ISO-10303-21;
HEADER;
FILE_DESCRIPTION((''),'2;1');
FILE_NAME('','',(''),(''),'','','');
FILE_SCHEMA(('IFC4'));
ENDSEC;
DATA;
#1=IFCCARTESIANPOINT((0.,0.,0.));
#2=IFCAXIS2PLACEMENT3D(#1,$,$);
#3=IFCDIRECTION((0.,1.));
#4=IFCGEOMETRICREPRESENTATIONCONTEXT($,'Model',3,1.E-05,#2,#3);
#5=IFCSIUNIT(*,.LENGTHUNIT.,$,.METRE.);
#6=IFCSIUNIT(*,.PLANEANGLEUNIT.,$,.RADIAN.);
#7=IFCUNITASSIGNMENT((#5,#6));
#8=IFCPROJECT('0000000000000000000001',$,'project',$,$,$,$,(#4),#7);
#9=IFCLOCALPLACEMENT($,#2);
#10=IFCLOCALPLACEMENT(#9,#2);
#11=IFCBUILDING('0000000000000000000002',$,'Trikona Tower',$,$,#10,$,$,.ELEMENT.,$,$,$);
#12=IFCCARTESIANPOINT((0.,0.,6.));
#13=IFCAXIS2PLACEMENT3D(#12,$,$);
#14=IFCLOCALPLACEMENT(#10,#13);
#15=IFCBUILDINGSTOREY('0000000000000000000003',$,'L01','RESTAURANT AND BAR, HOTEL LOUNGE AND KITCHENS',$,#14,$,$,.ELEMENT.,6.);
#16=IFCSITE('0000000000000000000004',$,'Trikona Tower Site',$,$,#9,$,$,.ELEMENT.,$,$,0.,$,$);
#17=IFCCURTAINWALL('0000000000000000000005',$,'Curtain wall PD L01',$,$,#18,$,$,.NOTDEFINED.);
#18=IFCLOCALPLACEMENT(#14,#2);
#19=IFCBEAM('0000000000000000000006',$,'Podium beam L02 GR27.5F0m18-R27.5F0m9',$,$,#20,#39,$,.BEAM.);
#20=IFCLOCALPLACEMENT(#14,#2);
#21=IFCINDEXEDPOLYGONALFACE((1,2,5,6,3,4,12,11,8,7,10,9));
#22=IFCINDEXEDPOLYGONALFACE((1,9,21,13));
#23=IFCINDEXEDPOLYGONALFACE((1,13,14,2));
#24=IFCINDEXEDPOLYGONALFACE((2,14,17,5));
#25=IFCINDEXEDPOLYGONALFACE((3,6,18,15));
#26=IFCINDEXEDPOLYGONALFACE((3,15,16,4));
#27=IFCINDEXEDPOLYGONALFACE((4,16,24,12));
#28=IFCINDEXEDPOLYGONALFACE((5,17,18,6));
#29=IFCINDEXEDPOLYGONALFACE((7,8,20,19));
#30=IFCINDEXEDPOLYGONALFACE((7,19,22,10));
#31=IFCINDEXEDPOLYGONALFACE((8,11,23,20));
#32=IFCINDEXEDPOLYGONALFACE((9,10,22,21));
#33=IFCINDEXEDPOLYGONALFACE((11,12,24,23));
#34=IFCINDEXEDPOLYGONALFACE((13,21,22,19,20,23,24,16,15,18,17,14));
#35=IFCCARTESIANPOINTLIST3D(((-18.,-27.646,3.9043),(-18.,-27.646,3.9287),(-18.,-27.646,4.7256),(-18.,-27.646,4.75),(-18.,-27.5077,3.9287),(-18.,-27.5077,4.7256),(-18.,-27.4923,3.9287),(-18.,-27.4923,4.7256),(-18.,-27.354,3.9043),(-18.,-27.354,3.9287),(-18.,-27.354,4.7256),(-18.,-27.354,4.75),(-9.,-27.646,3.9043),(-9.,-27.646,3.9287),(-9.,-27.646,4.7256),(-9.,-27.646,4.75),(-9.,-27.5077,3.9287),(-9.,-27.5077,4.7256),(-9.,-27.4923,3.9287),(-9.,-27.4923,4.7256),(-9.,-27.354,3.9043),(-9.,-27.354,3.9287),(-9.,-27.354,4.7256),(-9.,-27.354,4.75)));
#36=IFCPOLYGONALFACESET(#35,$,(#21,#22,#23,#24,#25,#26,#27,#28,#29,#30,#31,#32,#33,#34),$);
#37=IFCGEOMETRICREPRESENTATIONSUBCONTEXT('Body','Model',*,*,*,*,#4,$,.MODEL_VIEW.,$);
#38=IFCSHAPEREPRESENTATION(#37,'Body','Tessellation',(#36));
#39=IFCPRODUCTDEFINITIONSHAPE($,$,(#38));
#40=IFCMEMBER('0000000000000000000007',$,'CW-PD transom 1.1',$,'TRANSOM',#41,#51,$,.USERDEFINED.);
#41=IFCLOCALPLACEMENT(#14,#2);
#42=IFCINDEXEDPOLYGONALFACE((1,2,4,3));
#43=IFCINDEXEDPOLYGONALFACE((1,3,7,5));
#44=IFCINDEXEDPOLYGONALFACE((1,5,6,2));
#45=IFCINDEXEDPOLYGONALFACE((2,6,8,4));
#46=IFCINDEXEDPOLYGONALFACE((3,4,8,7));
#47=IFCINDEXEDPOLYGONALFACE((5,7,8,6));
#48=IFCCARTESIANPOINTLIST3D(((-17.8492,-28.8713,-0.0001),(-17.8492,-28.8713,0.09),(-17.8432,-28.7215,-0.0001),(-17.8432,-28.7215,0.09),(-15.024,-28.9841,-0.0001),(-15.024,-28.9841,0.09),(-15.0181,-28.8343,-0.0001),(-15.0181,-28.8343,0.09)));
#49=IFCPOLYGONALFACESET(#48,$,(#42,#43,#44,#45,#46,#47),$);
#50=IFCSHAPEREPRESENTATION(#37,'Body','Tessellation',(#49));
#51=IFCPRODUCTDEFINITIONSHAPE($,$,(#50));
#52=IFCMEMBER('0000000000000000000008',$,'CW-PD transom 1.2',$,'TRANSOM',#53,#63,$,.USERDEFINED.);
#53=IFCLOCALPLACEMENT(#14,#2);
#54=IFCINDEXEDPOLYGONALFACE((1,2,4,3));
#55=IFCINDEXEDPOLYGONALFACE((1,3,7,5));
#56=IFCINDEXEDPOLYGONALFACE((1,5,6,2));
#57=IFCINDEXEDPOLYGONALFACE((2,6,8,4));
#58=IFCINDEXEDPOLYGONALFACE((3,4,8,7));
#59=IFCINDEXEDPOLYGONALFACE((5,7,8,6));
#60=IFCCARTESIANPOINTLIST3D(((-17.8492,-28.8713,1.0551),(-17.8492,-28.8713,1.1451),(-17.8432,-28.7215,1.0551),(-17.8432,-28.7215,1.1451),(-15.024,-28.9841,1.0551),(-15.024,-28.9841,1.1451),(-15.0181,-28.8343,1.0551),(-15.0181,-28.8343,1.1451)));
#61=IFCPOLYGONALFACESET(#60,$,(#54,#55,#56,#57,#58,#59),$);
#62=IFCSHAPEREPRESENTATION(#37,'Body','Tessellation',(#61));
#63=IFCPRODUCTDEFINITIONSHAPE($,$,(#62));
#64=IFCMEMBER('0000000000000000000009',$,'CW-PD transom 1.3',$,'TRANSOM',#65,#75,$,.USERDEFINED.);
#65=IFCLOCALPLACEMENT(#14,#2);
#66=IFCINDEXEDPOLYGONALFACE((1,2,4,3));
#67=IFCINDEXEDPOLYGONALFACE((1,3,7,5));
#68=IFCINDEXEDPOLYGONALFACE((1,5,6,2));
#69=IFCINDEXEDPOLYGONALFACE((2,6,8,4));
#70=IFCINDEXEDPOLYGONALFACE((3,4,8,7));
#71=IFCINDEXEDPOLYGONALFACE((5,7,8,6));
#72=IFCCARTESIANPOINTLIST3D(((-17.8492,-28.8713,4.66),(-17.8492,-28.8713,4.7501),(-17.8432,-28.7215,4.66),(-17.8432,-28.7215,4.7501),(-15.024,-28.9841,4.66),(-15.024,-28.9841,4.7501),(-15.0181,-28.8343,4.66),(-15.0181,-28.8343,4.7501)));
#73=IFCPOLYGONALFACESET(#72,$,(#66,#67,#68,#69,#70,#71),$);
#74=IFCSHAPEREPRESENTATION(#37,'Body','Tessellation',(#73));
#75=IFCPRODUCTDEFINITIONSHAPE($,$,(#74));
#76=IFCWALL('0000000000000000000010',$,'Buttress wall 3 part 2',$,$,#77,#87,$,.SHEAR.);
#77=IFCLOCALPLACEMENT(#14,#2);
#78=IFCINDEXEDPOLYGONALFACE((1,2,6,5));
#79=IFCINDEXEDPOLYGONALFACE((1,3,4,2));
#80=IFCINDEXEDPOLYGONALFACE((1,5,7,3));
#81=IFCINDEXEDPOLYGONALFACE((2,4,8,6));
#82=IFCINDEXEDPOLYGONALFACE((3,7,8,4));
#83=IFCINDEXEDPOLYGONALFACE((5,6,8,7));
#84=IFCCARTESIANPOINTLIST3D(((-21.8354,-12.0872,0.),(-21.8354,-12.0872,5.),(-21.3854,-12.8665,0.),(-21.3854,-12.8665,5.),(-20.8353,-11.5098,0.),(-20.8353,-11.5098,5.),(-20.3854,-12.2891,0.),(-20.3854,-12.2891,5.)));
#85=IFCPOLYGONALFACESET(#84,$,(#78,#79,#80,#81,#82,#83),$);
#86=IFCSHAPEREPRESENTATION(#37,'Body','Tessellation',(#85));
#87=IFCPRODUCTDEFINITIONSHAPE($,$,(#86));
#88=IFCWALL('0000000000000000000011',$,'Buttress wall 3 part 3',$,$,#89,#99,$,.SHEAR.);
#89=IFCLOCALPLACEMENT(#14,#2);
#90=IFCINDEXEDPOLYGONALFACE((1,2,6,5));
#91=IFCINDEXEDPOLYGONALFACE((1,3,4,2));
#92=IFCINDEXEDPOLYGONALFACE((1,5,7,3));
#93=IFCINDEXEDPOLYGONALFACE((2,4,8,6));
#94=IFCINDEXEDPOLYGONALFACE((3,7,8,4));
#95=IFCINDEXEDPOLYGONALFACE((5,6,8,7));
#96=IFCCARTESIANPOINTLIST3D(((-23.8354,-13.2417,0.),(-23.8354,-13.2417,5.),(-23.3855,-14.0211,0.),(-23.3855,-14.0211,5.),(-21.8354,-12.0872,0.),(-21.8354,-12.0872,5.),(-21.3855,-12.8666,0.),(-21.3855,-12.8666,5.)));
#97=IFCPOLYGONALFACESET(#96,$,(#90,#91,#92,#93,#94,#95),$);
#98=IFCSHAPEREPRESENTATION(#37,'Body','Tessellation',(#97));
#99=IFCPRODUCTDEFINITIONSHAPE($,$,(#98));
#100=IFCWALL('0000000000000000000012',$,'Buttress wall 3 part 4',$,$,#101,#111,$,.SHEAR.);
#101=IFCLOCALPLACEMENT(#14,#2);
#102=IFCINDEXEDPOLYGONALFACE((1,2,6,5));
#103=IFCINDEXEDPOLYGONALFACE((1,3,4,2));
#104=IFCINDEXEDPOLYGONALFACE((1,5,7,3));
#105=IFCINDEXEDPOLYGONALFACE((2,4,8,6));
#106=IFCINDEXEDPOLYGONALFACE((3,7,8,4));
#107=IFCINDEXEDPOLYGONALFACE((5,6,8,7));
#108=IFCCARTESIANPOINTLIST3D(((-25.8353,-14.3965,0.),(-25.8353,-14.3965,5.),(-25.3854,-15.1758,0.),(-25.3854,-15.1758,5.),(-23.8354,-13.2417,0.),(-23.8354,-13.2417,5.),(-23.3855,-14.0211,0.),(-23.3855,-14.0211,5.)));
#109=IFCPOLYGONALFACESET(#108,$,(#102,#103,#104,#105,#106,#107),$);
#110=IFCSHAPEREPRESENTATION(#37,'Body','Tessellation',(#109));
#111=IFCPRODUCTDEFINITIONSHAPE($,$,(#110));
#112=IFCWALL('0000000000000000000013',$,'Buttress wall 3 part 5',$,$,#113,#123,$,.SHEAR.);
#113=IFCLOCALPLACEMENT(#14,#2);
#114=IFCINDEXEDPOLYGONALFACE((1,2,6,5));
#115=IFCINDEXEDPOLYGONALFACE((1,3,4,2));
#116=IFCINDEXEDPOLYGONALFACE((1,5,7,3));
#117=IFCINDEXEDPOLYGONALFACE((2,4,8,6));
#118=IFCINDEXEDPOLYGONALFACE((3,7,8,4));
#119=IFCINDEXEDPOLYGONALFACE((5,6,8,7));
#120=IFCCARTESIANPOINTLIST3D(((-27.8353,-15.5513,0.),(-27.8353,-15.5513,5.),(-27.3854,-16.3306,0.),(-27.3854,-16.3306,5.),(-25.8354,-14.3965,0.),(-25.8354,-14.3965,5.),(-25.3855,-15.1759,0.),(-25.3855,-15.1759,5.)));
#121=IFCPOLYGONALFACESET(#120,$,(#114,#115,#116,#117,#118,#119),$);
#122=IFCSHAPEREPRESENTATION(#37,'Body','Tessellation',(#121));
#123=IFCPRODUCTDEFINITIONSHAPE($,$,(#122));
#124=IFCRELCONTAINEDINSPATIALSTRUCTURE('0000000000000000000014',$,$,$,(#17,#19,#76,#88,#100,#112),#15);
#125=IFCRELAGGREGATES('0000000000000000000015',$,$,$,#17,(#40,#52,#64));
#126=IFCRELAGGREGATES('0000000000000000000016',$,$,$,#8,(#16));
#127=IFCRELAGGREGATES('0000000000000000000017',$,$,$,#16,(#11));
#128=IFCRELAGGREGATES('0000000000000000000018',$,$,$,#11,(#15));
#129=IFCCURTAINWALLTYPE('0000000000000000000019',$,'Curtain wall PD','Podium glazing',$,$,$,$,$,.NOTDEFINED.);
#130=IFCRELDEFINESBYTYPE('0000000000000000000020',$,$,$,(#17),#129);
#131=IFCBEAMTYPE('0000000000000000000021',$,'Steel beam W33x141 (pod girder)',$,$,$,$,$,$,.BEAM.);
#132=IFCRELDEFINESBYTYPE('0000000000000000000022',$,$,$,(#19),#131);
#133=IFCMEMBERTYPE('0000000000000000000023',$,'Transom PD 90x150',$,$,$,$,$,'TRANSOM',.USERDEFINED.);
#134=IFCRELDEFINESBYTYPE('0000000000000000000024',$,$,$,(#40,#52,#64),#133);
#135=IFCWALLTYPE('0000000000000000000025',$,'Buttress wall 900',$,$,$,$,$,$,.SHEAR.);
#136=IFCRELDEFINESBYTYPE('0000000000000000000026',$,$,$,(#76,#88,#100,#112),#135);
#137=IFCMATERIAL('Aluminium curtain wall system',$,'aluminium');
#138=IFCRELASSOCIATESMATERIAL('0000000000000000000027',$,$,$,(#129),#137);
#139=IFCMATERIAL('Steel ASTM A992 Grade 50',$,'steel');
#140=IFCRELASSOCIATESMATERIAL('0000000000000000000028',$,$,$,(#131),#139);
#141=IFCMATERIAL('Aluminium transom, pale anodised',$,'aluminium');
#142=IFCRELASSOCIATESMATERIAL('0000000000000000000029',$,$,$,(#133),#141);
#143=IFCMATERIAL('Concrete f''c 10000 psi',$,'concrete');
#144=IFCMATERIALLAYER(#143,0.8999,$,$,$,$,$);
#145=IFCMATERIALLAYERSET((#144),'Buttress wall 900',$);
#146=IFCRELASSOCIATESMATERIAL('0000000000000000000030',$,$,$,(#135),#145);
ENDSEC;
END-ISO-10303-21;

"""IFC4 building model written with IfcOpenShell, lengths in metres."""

from ifc_helpers import new_model, si_unit, direction, frame, frame_2d, origin, origin_2d, place, context, subcontext, project, spatial, rectangle, i_section, extrude, material, layer, layer_set, material_profile, profile_set, type_object, element, aggregate, save


model = new_model("IFC4")

# Units and contexts
model_context = context("Model", 3, precision=1e-05, world=origin(), true_north=direction((0.0, 1.0)))
body_context = subcontext(model_context, "Body", "Model", "MODEL_VIEW")
ifc_project = project(units=[si_unit("LENGTHUNIT", "METRE"), si_unit("PLANEANGLEUNIT", "RADIAN")], contexts=[model_context])

# Site, building, storey
site_placement = place(None, origin())
site = spatial("IfcSite", under=ifc_project, at=site_placement, Name="Trikona Tower Site", CompositionType="ELEMENT", RefElevation=0.0)
building_placement = place(site_placement, origin())
building = spatial("IfcBuilding", under=site, at=building_placement, Name="Trikona Tower", CompositionType="ELEMENT")
storey_placement = place(building_placement, frame((0.0, 0.0, 6.0)))
storey = spatial("IfcBuildingStorey", under=building, at=storey_placement, Name="L01", Description="RESTAURANT AND BAR, HOTEL LOUNGE AND KITCHENS", CompositionType="ELEMENT", Elevation=6.0)

# Curtain wall
ifc_material_1 = material(Name="Aluminium curtain wall system", Category="aluminium")
curtain_wall_type = type_object("IfcCurtainWallType", Name="Curtain wall PD", Description="Podium glazing", PredefinedType="NOTDEFINED", material=ifc_material_1)
curtain_wall_placement = place(storey_placement, origin())
curtain_wall = element("IfcCurtainWall", 1, at=curtain_wall_placement, inside=storey, type_object=curtain_wall_type, Name="Curtain wall PD L01", PredefinedType="NOTDEFINED")

# Beam
ifc_material_2 = material(Name="Steel ASTM A992 Grade 50", Category="steel")
ifc_material_profile_1 = material_profile(ifc_material_2, i_section(OverallWidth=0.292, OverallDepth=0.8457, WebThickness=0.0154, FlangeThickness=0.0244, at=origin_2d()), Name="W33X141")
ifc_profile_set_1 = profile_set([ifc_material_profile_1], Name="Steel ASTM A992 Grade 50")
beam_type_1 = type_object("IfcBeamType", Name="Steel beam W33x141 (pod girder)", PredefinedType="BEAM", material=ifc_profile_set_1)
for number, where, z_axis, x_axis, name in (
    (2, (-18.0, -27.5, 4.3271), (1.0, 0.0, 0.0), (0.0, 1.0, 0.0), "Podium beam L02 GR27.5F0m18-R27.5F0m9"),
):
    element("IfcBeam", number, at=place(storey_placement, frame(where, z_axis=z_axis, x_axis=x_axis)), inside=storey, type_object=beam_type_1, Name=name, PredefinedType="BEAM", context=body_context, shape_type="SweptSolid", body=[
        extrude(i_section(OverallWidth=0.292, OverallDepth=0.8457, WebThickness=0.0154, FlangeThickness=0.0244, at=origin_2d()), origin(), (0.0, 0.0, 1.0), 9.0),
    ])

# Members
ifc_material_3 = material(Name="Aluminium transom, pale anodised", Category="aluminium")
ifc_material_profile_2 = material_profile(ifc_material_3, rectangle(XDim=0.1499, YDim=0.0901, at=origin_2d()), Name="TRN-PD")
ifc_profile_set_2 = profile_set([ifc_material_profile_2], Name="Aluminium transom, pale anodised")
member_type_1 = type_object("IfcMemberType", Name="Transom PD 90x150", ElementType="TRANSOM", PredefinedType="USERDEFINED", material=ifc_profile_set_2)
member_1_placement = place(storey_placement, frame((-17.8462, -28.7964, 0.0449), z_axis=(0.999204, -0.039892, 0.0), x_axis=(0.039892, 0.999204, 0.0)))
member_1 = element("IfcMember", 3, at=member_1_placement, type_object=member_type_1, Name="CW-PD transom 1.1", ObjectType="TRANSOM", PredefinedType="USERDEFINED", context=body_context, shape_type="SweptSolid", body=[
    extrude(rectangle(XDim=0.1499, YDim=0.0901, at=origin_2d()), origin(), (0.0, 0.0, 1.0), 2.8274),
])
member_2_placement = place(storey_placement, frame((-17.8462, -28.7964, 1.1001), z_axis=(0.999204, -0.039892, 0.0), x_axis=(0.039892, 0.999204, 0.0)))
member_2 = element("IfcMember", 4, at=member_2_placement, type_object=member_type_1, Name="CW-PD transom 1.2", ObjectType="TRANSOM", PredefinedType="USERDEFINED", context=body_context, shape_type="SweptSolid", body=[
    extrude(rectangle(XDim=0.1499, YDim=0.0901, at=origin_2d()), origin(), (0.0, 0.0, 1.0), 2.8274),
])
member_3_placement = place(storey_placement, frame((-17.8462, -28.7964, 4.7051), z_axis=(0.999204, -0.039892, 0.0), x_axis=(0.039892, 0.999204, 0.0)))
member_3 = element("IfcMember", 5, at=member_3_placement, type_object=member_type_1, Name="CW-PD transom 1.3", ObjectType="TRANSOM", PredefinedType="USERDEFINED", context=body_context, shape_type="SweptSolid", body=[
    extrude(rectangle(XDim=0.1499, YDim=0.0901, at=origin_2d()), origin(), (0.0, 0.0, 1.0), 2.8274),
])
aggregate(curtain_wall, [member_1, member_2, member_3])

# Walls
ifc_material_4 = material(Name="Concrete f'c 10000 psi", Category="concrete")
ifc_layer_1 = layer(ifc_material_4, 0.8999)
ifc_layer_set_1 = layer_set([ifc_layer_1], Name="Buttress wall 900")
wall_type_1 = type_object("IfcWallType", Name="Buttress wall 900", PredefinedType="SHEAR", material=ifc_layer_set_1)
wall_1_placement = place(storey_placement, frame((-20.6104, -11.8994, 0.0), z_axis=(0.0, 0.0, 1.0), x_axis=(-0.86601, -0.500027, 0.0)))
element("IfcWall", 6, at=wall_1_placement, inside=storey, type_object=wall_type_1, Name="Buttress wall 3 part 2", PredefinedType="SHEAR", context=body_context, shape_type="SweptSolid", body=[
    extrude(rectangle(XDim=1.1548, YDim=0.8999, at=frame_2d((0.5774, 0.0))), origin(), (0.0, 0.0, 1.0), 5.0),
])
for number, where, z_axis, x_axis, name in (
    (7, (-21.6104, -12.4768, 0.0), (0.0, 0.0, 1.0), (-0.866055, -0.499948, 0.0), "Buttress wall 3 part 3"),
    (8, (-23.6104, -13.6313, 0.0), (0.0, 0.0, 1.0), (-0.86601, -0.500027, 0.0), "Buttress wall 3 part 4"),
    (9, (-25.6104, -14.7861, 0.0), (0.0, 0.0, 1.0), (-0.86601, -0.500027, 0.0), "Buttress wall 3 part 5"),
):
    element("IfcWall", number, at=place(storey_placement, frame(where, z_axis=z_axis, x_axis=x_axis)), inside=storey, type_object=wall_type_1, Name=name, PredefinedType="SHEAR", context=body_context, shape_type="SweptSolid", body=[
        extrude(rectangle(XDim=2.3093, YDim=0.8999, at=frame_2d((1.1548, 0.0))), origin(), (0.0, 0.0, 1.0), 5.0),
    ])

save(model, "model.ifc")
